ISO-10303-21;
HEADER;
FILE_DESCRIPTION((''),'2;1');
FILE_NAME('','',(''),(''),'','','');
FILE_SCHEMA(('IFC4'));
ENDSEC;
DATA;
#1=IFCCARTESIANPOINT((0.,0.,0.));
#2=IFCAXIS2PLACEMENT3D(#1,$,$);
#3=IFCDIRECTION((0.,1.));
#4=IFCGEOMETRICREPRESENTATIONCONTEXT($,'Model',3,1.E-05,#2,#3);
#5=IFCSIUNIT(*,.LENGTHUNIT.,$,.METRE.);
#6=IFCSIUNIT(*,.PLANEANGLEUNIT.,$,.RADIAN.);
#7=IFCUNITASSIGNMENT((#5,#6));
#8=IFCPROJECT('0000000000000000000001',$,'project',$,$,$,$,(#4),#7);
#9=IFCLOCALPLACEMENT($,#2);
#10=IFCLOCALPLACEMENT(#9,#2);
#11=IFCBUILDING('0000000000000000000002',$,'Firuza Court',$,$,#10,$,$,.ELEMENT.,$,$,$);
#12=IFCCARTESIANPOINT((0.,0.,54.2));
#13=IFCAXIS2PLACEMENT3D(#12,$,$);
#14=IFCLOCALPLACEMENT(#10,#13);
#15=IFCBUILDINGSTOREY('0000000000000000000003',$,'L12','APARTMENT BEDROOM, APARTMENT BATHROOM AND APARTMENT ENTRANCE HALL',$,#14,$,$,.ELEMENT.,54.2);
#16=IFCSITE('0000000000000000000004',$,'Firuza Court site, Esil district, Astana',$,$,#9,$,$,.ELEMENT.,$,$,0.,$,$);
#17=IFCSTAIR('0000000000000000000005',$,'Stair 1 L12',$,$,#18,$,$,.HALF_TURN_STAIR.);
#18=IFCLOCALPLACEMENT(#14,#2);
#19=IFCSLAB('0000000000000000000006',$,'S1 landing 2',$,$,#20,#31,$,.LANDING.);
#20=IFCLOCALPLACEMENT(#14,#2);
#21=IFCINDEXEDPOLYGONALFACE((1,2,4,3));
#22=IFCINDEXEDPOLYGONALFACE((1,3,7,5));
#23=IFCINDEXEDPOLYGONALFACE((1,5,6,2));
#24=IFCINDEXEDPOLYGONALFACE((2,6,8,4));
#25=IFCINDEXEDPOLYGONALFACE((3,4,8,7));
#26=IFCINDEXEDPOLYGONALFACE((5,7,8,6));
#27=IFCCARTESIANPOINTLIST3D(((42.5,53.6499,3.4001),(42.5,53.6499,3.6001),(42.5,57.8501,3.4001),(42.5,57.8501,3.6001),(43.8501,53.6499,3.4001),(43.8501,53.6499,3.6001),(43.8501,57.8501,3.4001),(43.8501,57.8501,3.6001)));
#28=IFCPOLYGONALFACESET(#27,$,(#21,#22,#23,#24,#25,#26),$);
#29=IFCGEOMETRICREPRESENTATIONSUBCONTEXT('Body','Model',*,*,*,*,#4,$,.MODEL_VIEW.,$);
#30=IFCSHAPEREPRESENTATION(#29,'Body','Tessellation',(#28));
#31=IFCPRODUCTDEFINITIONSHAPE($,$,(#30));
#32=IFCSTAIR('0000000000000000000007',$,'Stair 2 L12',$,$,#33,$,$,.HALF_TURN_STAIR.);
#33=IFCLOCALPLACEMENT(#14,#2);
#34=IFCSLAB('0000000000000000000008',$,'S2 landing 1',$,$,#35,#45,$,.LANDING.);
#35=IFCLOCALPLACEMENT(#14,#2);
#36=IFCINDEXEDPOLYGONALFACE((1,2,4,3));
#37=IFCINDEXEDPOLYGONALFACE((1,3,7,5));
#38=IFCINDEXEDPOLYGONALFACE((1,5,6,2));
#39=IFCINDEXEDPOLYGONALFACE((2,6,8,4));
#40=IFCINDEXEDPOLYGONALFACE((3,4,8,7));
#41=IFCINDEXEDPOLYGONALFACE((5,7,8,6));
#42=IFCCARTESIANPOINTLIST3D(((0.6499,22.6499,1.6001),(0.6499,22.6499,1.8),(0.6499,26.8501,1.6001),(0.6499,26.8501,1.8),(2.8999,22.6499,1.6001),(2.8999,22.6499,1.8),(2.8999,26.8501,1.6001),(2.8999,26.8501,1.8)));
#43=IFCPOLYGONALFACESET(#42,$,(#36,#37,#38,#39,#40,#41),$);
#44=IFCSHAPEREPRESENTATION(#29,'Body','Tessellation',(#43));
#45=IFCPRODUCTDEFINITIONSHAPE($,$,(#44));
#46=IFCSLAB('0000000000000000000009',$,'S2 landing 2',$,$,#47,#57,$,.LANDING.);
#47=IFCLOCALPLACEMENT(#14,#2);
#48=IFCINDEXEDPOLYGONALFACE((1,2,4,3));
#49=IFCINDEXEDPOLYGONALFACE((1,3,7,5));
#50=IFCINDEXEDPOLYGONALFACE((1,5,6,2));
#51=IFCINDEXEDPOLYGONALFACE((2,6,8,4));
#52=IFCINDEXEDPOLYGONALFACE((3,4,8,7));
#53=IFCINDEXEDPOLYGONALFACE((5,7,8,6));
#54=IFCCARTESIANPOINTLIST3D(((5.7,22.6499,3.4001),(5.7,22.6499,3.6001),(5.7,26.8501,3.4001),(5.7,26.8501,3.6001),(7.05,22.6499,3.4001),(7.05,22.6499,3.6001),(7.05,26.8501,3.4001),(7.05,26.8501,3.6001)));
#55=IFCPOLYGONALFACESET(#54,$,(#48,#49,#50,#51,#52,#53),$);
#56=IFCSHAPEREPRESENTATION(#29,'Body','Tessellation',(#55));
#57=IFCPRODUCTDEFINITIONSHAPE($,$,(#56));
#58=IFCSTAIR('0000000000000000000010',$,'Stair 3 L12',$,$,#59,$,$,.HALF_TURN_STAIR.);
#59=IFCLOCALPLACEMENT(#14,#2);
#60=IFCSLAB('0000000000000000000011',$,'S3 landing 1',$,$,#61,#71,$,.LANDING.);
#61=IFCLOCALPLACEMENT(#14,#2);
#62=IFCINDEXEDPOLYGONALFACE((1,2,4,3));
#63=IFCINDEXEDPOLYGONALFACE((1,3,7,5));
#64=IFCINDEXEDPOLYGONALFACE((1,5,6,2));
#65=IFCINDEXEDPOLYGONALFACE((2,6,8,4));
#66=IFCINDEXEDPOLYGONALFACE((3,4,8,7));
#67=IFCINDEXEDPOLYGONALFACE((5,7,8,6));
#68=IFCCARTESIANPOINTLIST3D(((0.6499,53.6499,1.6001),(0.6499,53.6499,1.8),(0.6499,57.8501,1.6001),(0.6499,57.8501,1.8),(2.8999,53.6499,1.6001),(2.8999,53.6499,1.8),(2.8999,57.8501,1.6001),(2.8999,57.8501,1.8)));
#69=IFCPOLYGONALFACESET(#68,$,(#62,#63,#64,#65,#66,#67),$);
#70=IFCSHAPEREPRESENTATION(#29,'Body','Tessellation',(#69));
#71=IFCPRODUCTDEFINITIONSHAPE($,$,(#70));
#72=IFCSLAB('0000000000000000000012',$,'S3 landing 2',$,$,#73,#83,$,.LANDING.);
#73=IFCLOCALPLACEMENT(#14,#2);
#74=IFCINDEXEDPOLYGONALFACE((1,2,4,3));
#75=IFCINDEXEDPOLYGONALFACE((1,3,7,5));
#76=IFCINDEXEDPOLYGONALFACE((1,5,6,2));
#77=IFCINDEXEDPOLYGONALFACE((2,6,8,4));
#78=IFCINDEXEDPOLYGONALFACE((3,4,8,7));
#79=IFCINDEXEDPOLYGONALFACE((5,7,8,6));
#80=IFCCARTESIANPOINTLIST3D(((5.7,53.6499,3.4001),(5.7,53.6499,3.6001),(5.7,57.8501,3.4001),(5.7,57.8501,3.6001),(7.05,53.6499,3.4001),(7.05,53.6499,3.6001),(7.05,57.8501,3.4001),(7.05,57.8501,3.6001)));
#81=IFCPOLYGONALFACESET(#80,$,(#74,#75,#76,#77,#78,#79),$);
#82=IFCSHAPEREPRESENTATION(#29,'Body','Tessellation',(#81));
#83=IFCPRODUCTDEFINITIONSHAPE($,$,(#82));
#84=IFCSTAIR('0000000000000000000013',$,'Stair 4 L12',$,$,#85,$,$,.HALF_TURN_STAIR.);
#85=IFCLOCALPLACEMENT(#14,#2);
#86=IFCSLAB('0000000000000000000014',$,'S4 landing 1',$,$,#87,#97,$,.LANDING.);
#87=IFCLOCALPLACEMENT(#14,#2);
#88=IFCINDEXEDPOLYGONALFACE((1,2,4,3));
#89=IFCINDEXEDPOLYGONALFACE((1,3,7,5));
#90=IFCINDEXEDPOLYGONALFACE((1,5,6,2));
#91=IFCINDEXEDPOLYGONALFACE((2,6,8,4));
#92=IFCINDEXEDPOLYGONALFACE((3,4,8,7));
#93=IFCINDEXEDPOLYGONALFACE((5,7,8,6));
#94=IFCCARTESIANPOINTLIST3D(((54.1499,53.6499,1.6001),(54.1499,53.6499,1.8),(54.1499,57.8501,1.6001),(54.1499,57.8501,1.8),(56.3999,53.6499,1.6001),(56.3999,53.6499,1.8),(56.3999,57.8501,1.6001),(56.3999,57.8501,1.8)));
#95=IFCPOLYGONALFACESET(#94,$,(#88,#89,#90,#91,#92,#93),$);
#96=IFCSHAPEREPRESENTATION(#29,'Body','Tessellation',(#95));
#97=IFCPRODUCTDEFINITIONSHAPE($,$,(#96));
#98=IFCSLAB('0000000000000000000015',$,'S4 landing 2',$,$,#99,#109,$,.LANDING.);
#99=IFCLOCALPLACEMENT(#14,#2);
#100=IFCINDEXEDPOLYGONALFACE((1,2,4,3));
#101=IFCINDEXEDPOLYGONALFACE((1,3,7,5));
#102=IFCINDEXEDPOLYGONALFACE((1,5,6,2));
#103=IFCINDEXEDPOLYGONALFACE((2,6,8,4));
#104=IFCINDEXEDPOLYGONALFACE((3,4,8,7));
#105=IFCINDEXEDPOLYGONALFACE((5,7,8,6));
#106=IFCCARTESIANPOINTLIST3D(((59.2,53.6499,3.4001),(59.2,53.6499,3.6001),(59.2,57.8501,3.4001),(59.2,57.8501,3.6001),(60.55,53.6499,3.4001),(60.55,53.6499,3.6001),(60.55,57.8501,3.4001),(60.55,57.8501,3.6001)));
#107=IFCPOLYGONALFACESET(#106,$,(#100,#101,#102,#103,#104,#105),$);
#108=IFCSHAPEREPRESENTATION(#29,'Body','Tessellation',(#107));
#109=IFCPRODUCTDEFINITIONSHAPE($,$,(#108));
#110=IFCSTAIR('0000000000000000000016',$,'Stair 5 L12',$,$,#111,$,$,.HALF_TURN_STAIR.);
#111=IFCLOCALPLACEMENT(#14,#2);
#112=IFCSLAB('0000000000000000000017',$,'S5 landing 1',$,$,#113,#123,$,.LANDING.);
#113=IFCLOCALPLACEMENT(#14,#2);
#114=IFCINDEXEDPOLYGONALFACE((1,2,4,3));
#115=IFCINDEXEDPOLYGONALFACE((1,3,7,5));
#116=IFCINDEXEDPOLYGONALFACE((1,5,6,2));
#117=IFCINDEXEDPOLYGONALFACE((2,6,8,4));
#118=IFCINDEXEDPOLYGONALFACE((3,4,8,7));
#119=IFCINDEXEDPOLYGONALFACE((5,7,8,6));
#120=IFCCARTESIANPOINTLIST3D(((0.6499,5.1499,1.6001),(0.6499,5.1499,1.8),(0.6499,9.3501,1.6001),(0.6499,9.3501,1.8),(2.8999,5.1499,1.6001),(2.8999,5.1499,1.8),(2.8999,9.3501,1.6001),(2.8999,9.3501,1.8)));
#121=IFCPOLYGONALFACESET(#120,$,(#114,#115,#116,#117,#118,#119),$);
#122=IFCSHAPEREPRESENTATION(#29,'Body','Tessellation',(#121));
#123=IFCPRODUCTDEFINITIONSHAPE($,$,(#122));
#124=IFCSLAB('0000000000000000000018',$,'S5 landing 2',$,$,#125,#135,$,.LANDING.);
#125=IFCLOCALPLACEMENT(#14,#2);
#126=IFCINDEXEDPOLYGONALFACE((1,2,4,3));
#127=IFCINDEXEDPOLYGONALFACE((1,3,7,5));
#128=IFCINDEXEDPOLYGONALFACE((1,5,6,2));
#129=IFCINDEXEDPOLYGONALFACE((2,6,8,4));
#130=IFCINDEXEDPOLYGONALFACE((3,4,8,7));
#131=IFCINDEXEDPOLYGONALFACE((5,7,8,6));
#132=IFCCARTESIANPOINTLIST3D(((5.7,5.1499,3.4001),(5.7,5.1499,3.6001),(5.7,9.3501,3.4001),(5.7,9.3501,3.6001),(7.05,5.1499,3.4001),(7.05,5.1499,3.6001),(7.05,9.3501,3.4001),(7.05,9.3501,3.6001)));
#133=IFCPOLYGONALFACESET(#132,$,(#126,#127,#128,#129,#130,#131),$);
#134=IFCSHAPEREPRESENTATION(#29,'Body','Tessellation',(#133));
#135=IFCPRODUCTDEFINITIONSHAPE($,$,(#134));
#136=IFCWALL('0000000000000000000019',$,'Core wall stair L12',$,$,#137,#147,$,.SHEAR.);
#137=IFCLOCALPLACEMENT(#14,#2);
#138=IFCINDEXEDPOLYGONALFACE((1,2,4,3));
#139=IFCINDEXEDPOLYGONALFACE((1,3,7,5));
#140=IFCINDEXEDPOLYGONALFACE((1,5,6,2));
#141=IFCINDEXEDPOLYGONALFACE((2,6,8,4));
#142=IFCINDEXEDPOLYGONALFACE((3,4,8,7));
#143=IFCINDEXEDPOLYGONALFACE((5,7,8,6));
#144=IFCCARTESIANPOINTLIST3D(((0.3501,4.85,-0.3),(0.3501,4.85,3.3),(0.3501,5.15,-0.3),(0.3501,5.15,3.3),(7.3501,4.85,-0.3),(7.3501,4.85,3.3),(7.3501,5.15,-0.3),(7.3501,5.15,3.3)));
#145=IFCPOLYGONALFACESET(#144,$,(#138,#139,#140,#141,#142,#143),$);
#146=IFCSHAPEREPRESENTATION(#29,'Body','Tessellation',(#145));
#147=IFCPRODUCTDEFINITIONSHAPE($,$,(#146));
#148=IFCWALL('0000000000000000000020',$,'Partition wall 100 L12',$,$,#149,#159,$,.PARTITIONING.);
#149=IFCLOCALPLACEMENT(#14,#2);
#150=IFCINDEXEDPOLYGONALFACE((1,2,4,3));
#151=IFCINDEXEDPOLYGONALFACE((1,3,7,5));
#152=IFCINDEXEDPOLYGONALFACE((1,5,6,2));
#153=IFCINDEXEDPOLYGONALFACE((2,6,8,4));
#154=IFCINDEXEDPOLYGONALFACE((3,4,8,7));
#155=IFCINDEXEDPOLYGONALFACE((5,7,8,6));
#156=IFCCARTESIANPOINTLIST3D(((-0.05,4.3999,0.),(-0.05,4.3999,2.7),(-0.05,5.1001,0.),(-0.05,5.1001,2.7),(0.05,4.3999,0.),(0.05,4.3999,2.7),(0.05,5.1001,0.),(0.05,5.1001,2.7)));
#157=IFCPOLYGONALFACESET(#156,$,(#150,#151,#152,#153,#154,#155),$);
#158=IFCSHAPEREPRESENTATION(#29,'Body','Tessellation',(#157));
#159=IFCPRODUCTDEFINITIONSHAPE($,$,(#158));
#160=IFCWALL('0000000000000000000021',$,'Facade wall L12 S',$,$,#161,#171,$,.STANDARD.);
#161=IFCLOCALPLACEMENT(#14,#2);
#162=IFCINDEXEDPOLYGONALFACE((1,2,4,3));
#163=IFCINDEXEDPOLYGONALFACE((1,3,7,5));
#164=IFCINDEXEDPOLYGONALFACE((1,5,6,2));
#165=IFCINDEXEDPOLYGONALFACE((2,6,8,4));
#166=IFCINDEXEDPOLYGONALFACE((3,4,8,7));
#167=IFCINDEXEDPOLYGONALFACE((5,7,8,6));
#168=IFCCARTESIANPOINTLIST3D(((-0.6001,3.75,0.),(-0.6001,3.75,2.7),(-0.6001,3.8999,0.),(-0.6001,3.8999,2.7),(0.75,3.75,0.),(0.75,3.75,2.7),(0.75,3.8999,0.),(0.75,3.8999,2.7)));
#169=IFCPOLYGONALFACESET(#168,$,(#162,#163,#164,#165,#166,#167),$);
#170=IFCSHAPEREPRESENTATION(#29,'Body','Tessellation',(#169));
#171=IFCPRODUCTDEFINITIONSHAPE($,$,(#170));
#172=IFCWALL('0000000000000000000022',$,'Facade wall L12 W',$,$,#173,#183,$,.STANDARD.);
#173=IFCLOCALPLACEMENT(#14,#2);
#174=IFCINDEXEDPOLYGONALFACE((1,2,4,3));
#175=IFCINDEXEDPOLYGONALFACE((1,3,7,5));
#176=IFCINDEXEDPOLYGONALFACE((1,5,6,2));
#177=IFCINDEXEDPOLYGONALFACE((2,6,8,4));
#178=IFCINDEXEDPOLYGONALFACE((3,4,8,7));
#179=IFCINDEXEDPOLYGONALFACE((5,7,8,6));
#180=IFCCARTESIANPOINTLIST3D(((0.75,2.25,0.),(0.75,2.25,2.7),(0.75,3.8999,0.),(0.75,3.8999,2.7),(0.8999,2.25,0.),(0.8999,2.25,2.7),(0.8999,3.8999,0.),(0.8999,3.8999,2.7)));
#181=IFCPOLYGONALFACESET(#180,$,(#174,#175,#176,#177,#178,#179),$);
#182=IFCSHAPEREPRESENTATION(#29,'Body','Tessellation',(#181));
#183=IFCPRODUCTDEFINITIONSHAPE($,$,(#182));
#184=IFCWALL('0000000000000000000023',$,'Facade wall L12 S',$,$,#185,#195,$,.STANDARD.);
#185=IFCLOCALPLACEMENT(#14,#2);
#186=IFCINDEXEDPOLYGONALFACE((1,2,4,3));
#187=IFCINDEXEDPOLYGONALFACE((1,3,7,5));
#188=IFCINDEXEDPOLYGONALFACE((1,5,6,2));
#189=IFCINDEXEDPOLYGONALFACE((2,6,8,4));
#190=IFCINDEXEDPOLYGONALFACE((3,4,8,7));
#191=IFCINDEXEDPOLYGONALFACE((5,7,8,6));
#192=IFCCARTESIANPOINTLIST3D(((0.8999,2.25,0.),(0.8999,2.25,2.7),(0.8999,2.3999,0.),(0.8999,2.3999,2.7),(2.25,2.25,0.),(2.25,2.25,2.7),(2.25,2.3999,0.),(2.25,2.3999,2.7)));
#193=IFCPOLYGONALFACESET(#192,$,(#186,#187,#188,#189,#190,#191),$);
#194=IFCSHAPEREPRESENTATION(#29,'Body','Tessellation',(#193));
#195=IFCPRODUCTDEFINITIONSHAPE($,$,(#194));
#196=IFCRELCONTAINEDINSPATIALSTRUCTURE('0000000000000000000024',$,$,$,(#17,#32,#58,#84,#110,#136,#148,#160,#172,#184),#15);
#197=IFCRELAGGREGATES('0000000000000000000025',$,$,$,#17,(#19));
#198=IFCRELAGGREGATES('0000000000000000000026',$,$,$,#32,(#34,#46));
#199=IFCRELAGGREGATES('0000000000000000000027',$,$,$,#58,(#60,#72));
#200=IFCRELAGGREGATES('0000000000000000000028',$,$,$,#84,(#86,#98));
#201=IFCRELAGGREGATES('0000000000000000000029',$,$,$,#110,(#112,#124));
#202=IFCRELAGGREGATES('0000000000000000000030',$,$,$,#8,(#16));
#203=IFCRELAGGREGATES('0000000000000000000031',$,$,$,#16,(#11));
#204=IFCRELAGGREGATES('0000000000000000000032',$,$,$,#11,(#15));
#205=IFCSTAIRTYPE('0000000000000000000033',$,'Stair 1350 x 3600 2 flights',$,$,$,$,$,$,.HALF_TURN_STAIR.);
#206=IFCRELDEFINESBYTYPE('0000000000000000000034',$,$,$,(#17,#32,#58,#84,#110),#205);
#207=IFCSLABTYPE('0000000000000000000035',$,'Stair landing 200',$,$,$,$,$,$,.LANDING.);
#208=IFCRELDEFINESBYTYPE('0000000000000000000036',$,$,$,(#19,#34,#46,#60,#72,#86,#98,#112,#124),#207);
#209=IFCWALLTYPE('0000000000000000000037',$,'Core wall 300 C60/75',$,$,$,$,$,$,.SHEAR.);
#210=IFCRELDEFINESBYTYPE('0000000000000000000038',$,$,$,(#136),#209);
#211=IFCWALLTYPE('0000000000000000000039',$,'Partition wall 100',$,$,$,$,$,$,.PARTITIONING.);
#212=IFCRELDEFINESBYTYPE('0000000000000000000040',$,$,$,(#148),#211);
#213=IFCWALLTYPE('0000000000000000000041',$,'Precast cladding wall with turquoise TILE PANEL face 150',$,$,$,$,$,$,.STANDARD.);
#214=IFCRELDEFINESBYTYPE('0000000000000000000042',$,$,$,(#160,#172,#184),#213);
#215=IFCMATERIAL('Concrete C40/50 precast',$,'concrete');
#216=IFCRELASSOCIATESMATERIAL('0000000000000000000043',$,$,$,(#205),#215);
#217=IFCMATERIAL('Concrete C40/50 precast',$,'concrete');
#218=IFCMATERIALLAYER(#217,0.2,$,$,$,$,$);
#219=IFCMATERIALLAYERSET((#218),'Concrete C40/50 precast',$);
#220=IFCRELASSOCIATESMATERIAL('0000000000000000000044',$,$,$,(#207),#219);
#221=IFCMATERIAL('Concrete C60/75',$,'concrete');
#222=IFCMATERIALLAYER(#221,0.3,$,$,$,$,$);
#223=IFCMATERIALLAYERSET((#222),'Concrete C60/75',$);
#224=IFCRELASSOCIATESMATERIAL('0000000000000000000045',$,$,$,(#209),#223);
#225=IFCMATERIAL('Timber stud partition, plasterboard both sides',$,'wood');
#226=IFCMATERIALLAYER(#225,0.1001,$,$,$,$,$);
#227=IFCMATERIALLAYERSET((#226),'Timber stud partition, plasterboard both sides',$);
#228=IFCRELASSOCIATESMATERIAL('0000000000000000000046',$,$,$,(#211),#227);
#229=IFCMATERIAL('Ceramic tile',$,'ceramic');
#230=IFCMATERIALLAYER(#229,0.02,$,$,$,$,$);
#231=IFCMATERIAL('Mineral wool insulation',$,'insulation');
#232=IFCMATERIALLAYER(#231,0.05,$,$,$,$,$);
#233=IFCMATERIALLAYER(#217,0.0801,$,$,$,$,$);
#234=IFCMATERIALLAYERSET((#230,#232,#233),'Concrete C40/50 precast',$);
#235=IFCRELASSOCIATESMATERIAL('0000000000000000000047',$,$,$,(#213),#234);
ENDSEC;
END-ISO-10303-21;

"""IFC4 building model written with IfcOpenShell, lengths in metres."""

from ifc_helpers import new_model, si_unit, direction, frame, frame_2d, origin, place, context, subcontext, project, spatial, polyline, rectangle, outline, extrude, material, layer, layer_set, type_object, element, aggregate, save


model = new_model("IFC4")

# Units and contexts
model_context = context("Model", 3, precision=1e-05, world=origin(), true_north=direction((0.0, 1.0)))
body_context = subcontext(model_context, "Body", "Model", "MODEL_VIEW")
ifc_project = project(units=[si_unit("LENGTHUNIT", "METRE"), si_unit("PLANEANGLEUNIT", "RADIAN")], contexts=[model_context])

# Site, building, storey
site_placement = place(None, origin())
site = spatial("IfcSite", under=ifc_project, at=site_placement, Name="Firuza Court site, Esil district, Astana", CompositionType="ELEMENT", RefElevation=0.0)
building_placement = place(site_placement, origin())
building = spatial("IfcBuilding", under=site, at=building_placement, Name="Firuza Court", CompositionType="ELEMENT")
storey_placement = place(building_placement, frame((0.0, 0.0, 54.2)))
storey = spatial("IfcBuildingStorey", under=building, at=storey_placement, Name="L12", Description="APARTMENT BEDROOM, APARTMENT BATHROOM AND APARTMENT ENTRANCE HALL", CompositionType="ELEMENT", Elevation=54.2)

# Stairs, slabs
ifc_material_1 = material(Name="Concrete C40/50 precast", Category="concrete")
stair_type = type_object("IfcStairType", Name="Stair 1350 x 3600 2 flights", PredefinedType="HALF_TURN_STAIR", material=ifc_material_1)
stair_1_placement = place(storey_placement, origin())
stair_1 = element("IfcStair", 1, at=stair_1_placement, inside=storey, type_object=stair_type, Name="Stair 1 L12", PredefinedType="HALF_TURN_STAIR")
ifc_material_2 = material(Name="Concrete C40/50 precast", Category="concrete")
ifc_layer_1 = layer(ifc_material_2, 0.2)
ifc_layer_set_1 = layer_set([ifc_layer_1], Name="Concrete C40/50 precast")
slab_type_1 = type_object("IfcSlabType", Name="Stair landing 200", PredefinedType="LANDING", material=ifc_layer_set_1)
slab_1_placement = place(storey_placement, frame((0.0, 0.0, 3.4001)))
slab_1 = element("IfcSlab", 2, at=slab_1_placement, type_object=slab_type_1, Name="S1 landing 2", PredefinedType="LANDING", context=body_context, shape_type="SweptSolid", body=[
    extrude(outline(polyline([(43.8501, 53.6499), (43.8501, 57.8501), (42.5, 57.8501), (42.5, 53.6499), (43.8501, 53.6499)])), origin(), (0.0, 0.0, 1.0), 0.2),
])
aggregate(stair_1, [slab_1])
stair_2_placement = place(storey_placement, origin())
stair_2 = element("IfcStair", 3, at=stair_2_placement, inside=storey, type_object=stair_type, Name="Stair 2 L12", PredefinedType="HALF_TURN_STAIR")
slab_2_placement = place(storey_placement, frame((0.0, 0.0, 1.6001)))
slab_2 = element("IfcSlab", 4, at=slab_2_placement, type_object=slab_type_1, Name="S2 landing 1", PredefinedType="LANDING", context=body_context, shape_type="SweptSolid", body=[
    extrude(outline(polyline([(2.8999, 22.6499), (2.8999, 26.8501), (0.6499, 26.8501), (0.6499, 22.6499), (2.8999, 22.6499)])), origin(), (0.0, 0.0, 1.0), 0.2),
])
slab_3_placement = place(storey_placement, frame((0.0, 0.0, 3.4001)))
slab_3 = element("IfcSlab", 5, at=slab_3_placement, type_object=slab_type_1, Name="S2 landing 2", PredefinedType="LANDING", context=body_context, shape_type="SweptSolid", body=[
    extrude(outline(polyline([(7.05, 22.6499), (7.05, 26.8501), (5.7, 26.8501), (5.7, 22.6499), (7.05, 22.6499)])), origin(), (0.0, 0.0, 1.0), 0.2),
])
aggregate(stair_2, [slab_2, slab_3])
stair_3_placement = place(storey_placement, origin())
stair_3 = element("IfcStair", 6, at=stair_3_placement, inside=storey, type_object=stair_type, Name="Stair 3 L12", PredefinedType="HALF_TURN_STAIR")
slab_4_placement = place(storey_placement, frame((0.0, 0.0, 1.6001)))
slab_4 = element("IfcSlab", 7, at=slab_4_placement, type_object=slab_type_1, Name="S3 landing 1", PredefinedType="LANDING", context=body_context, shape_type="SweptSolid", body=[
    extrude(outline(polyline([(2.8999, 53.6499), (2.8999, 57.8501), (0.6499, 57.8501), (0.6499, 53.6499), (2.8999, 53.6499)])), origin(), (0.0, 0.0, 1.0), 0.2),
])
slab_5_placement = place(storey_placement, frame((0.0, 0.0, 3.4001)))
slab_5 = element("IfcSlab", 8, at=slab_5_placement, type_object=slab_type_1, Name="S3 landing 2", PredefinedType="LANDING", context=body_context, shape_type="SweptSolid", body=[
    extrude(outline(polyline([(7.05, 53.6499), (7.05, 57.8501), (5.7, 57.8501), (5.7, 53.6499), (7.05, 53.6499)])), origin(), (0.0, 0.0, 1.0), 0.2),
])
aggregate(stair_3, [slab_4, slab_5])
stair_4_placement = place(storey_placement, origin())
stair_4 = element("IfcStair", 9, at=stair_4_placement, inside=storey, type_object=stair_type, Name="Stair 4 L12", PredefinedType="HALF_TURN_STAIR")
slab_6_placement = place(storey_placement, frame((0.0, 0.0, 1.6001)))
slab_6 = element("IfcSlab", 10, at=slab_6_placement, type_object=slab_type_1, Name="S4 landing 1", PredefinedType="LANDING", context=body_context, shape_type="SweptSolid", body=[
    extrude(outline(polyline([(56.3999, 53.6499), (56.3999, 57.8501), (54.1499, 57.8501), (54.1499, 53.6499), (56.3999, 53.6499)])), origin(), (0.0, 0.0, 1.0), 0.2),
])
slab_7_placement = place(storey_placement, frame((0.0, 0.0, 3.4001)))
slab_7 = element("IfcSlab", 11, at=slab_7_placement, type_object=slab_type_1, Name="S4 landing 2", PredefinedType="LANDING", context=body_context, shape_type="SweptSolid", body=[
    extrude(outline(polyline([(60.55, 53.6499), (60.55, 57.8501), (59.2, 57.8501), (59.2, 53.6499), (60.55, 53.6499)])), origin(), (0.0, 0.0, 1.0), 0.2),
])
aggregate(stair_4, [slab_6, slab_7])
stair_5_placement = place(storey_placement, origin())
stair_5 = element("IfcStair", 12, at=stair_5_placement, inside=storey, type_object=stair_type, Name="Stair 5 L12", PredefinedType="HALF_TURN_STAIR")
slab_8_placement = place(storey_placement, frame((0.0, 0.0, 1.6001)))
slab_8 = element("IfcSlab", 13, at=slab_8_placement, type_object=slab_type_1, Name="S5 landing 1", PredefinedType="LANDING", context=body_context, shape_type="SweptSolid", body=[
    extrude(outline(polyline([(2.8999, 5.1499), (2.8999, 9.3501), (0.6499, 9.3501), (0.6499, 5.1499), (2.8999, 5.1499)])), origin(), (0.0, 0.0, 1.0), 0.2),
])
slab_9_placement = place(storey_placement, frame((0.0, 0.0, 3.4001)))
slab_9 = element("IfcSlab", 14, at=slab_9_placement, type_object=slab_type_1, Name="S5 landing 2", PredefinedType="LANDING", context=body_context, shape_type="SweptSolid", body=[
    extrude(outline(polyline([(7.05, 5.1499), (7.05, 9.3501), (5.7, 9.3501), (5.7, 5.1499), (7.05, 5.1499)])), origin(), (0.0, 0.0, 1.0), 0.2),
])
aggregate(stair_5, [slab_8, slab_9])

# Walls
ifc_material_3 = material(Name="Concrete C60/75", Category="concrete")
ifc_layer_2 = layer(ifc_material_3, 0.3)
ifc_layer_set_2 = layer_set([ifc_layer_2], Name="Concrete C60/75")
wall_type_1 = type_object("IfcWallType", Name="Core wall 300 C60/75", PredefinedType="SHEAR", material=ifc_layer_set_2)
wall_1_placement = place(storey_placement, frame((0.3501, 5.0, -0.3), z_axis=(0.0, 0.0, 1.0), x_axis=(1.0, 0.0, 0.0)))
element("IfcWall", 15, at=wall_1_placement, inside=storey, type_object=wall_type_1, Name="Core wall stair L12", PredefinedType="SHEAR", context=body_context, shape_type="SweptSolid", body=[
    extrude(rectangle(XDim=7.0, YDim=0.3, at=frame_2d((3.5, 0.0))), origin(), (0.0, 0.0, 1.0), 3.6001),
])
ifc_material_4 = material(Name="Timber stud partition, plasterboard both sides", Category="wood")
ifc_layer_3 = layer(ifc_material_4, 0.1001)
ifc_layer_set_3 = layer_set([ifc_layer_3], Name="Timber stud partition, plasterboard both sides")
wall_type_2 = type_object("IfcWallType", Name="Partition wall 100", PredefinedType="PARTITIONING", material=ifc_layer_set_3)
wall_2_placement = place(storey_placement, frame((0.0, 4.3999, 0.0), z_axis=(0.0, 0.0, 1.0), x_axis=(0.0, 1.0, 0.0)))
element("IfcWall", 16, at=wall_2_placement, inside=storey, type_object=wall_type_2, Name="Partition wall 100 L12", PredefinedType="PARTITIONING", context=body_context, shape_type="SweptSolid", body=[
    extrude(rectangle(XDim=0.7002, YDim=0.1001, at=frame_2d((0.3501, 0.0))), origin(), (0.0, 0.0, 1.0), 2.7),
])
ifc_material_5 = material(Name="Ceramic tile", Category="ceramic")
ifc_layer_4 = layer(ifc_material_5, 0.02)
ifc_material_6 = material(Name="Mineral wool insulation", Category="insulation")
ifc_layer_5 = layer(ifc_material_6, 0.05)
ifc_layer_6 = layer(ifc_material_2, 0.0801)
ifc_layer_set_4 = layer_set([ifc_layer_4, ifc_layer_5, ifc_layer_6], Name="Concrete C40/50 precast")
wall_type_3 = type_object("IfcWallType", Name="Precast cladding wall with turquoise TILE PANEL face 150", PredefinedType="STANDARD", material=ifc_layer_set_4)
wall_3_placement = place(storey_placement, frame((-0.6001, 3.825, 0.0), z_axis=(0.0, 0.0, 1.0), x_axis=(1.0, 0.0, 0.0)))
element("IfcWall", 17, at=wall_3_placement, inside=storey, type_object=wall_type_3, Name="Facade wall L12 S", PredefinedType="STANDARD", context=body_context, shape_type="SweptSolid", body=[
    extrude(rectangle(XDim=1.3501, YDim=0.1499, at=frame_2d((0.675, 0.0))), origin(), (0.0, 0.0, 1.0), 2.7),
])
wall_4_placement = place(storey_placement, frame((0.825, 3.8999, 0.0), z_axis=(0.0, 0.0, 1.0), x_axis=(0.0, -1.0, 0.0)))
element("IfcWall", 18, at=wall_4_placement, inside=storey, type_object=wall_type_3, Name="Facade wall L12 W", PredefinedType="STANDARD", context=body_context, shape_type="SweptSolid", body=[
    extrude(rectangle(XDim=1.6499, YDim=0.1499, at=frame_2d((0.825, 0.0))), origin(), (0.0, 0.0, 1.0), 2.7),
])
wall_5_placement = place(storey_placement, frame((0.8999, 2.325, 0.0), z_axis=(0.0, 0.0, 1.0), x_axis=(1.0, 0.0, 0.0)))
element("IfcWall", 19, at=wall_5_placement, inside=storey, type_object=wall_type_3, Name="Facade wall L12 S", PredefinedType="STANDARD", context=body_context, shape_type="SweptSolid", body=[
    extrude(rectangle(XDim=1.3501, YDim=0.1499, at=frame_2d((0.675, 0.0))), origin(), (0.0, 0.0, 1.0), 2.7),
])

save(model, "model.ifc")
